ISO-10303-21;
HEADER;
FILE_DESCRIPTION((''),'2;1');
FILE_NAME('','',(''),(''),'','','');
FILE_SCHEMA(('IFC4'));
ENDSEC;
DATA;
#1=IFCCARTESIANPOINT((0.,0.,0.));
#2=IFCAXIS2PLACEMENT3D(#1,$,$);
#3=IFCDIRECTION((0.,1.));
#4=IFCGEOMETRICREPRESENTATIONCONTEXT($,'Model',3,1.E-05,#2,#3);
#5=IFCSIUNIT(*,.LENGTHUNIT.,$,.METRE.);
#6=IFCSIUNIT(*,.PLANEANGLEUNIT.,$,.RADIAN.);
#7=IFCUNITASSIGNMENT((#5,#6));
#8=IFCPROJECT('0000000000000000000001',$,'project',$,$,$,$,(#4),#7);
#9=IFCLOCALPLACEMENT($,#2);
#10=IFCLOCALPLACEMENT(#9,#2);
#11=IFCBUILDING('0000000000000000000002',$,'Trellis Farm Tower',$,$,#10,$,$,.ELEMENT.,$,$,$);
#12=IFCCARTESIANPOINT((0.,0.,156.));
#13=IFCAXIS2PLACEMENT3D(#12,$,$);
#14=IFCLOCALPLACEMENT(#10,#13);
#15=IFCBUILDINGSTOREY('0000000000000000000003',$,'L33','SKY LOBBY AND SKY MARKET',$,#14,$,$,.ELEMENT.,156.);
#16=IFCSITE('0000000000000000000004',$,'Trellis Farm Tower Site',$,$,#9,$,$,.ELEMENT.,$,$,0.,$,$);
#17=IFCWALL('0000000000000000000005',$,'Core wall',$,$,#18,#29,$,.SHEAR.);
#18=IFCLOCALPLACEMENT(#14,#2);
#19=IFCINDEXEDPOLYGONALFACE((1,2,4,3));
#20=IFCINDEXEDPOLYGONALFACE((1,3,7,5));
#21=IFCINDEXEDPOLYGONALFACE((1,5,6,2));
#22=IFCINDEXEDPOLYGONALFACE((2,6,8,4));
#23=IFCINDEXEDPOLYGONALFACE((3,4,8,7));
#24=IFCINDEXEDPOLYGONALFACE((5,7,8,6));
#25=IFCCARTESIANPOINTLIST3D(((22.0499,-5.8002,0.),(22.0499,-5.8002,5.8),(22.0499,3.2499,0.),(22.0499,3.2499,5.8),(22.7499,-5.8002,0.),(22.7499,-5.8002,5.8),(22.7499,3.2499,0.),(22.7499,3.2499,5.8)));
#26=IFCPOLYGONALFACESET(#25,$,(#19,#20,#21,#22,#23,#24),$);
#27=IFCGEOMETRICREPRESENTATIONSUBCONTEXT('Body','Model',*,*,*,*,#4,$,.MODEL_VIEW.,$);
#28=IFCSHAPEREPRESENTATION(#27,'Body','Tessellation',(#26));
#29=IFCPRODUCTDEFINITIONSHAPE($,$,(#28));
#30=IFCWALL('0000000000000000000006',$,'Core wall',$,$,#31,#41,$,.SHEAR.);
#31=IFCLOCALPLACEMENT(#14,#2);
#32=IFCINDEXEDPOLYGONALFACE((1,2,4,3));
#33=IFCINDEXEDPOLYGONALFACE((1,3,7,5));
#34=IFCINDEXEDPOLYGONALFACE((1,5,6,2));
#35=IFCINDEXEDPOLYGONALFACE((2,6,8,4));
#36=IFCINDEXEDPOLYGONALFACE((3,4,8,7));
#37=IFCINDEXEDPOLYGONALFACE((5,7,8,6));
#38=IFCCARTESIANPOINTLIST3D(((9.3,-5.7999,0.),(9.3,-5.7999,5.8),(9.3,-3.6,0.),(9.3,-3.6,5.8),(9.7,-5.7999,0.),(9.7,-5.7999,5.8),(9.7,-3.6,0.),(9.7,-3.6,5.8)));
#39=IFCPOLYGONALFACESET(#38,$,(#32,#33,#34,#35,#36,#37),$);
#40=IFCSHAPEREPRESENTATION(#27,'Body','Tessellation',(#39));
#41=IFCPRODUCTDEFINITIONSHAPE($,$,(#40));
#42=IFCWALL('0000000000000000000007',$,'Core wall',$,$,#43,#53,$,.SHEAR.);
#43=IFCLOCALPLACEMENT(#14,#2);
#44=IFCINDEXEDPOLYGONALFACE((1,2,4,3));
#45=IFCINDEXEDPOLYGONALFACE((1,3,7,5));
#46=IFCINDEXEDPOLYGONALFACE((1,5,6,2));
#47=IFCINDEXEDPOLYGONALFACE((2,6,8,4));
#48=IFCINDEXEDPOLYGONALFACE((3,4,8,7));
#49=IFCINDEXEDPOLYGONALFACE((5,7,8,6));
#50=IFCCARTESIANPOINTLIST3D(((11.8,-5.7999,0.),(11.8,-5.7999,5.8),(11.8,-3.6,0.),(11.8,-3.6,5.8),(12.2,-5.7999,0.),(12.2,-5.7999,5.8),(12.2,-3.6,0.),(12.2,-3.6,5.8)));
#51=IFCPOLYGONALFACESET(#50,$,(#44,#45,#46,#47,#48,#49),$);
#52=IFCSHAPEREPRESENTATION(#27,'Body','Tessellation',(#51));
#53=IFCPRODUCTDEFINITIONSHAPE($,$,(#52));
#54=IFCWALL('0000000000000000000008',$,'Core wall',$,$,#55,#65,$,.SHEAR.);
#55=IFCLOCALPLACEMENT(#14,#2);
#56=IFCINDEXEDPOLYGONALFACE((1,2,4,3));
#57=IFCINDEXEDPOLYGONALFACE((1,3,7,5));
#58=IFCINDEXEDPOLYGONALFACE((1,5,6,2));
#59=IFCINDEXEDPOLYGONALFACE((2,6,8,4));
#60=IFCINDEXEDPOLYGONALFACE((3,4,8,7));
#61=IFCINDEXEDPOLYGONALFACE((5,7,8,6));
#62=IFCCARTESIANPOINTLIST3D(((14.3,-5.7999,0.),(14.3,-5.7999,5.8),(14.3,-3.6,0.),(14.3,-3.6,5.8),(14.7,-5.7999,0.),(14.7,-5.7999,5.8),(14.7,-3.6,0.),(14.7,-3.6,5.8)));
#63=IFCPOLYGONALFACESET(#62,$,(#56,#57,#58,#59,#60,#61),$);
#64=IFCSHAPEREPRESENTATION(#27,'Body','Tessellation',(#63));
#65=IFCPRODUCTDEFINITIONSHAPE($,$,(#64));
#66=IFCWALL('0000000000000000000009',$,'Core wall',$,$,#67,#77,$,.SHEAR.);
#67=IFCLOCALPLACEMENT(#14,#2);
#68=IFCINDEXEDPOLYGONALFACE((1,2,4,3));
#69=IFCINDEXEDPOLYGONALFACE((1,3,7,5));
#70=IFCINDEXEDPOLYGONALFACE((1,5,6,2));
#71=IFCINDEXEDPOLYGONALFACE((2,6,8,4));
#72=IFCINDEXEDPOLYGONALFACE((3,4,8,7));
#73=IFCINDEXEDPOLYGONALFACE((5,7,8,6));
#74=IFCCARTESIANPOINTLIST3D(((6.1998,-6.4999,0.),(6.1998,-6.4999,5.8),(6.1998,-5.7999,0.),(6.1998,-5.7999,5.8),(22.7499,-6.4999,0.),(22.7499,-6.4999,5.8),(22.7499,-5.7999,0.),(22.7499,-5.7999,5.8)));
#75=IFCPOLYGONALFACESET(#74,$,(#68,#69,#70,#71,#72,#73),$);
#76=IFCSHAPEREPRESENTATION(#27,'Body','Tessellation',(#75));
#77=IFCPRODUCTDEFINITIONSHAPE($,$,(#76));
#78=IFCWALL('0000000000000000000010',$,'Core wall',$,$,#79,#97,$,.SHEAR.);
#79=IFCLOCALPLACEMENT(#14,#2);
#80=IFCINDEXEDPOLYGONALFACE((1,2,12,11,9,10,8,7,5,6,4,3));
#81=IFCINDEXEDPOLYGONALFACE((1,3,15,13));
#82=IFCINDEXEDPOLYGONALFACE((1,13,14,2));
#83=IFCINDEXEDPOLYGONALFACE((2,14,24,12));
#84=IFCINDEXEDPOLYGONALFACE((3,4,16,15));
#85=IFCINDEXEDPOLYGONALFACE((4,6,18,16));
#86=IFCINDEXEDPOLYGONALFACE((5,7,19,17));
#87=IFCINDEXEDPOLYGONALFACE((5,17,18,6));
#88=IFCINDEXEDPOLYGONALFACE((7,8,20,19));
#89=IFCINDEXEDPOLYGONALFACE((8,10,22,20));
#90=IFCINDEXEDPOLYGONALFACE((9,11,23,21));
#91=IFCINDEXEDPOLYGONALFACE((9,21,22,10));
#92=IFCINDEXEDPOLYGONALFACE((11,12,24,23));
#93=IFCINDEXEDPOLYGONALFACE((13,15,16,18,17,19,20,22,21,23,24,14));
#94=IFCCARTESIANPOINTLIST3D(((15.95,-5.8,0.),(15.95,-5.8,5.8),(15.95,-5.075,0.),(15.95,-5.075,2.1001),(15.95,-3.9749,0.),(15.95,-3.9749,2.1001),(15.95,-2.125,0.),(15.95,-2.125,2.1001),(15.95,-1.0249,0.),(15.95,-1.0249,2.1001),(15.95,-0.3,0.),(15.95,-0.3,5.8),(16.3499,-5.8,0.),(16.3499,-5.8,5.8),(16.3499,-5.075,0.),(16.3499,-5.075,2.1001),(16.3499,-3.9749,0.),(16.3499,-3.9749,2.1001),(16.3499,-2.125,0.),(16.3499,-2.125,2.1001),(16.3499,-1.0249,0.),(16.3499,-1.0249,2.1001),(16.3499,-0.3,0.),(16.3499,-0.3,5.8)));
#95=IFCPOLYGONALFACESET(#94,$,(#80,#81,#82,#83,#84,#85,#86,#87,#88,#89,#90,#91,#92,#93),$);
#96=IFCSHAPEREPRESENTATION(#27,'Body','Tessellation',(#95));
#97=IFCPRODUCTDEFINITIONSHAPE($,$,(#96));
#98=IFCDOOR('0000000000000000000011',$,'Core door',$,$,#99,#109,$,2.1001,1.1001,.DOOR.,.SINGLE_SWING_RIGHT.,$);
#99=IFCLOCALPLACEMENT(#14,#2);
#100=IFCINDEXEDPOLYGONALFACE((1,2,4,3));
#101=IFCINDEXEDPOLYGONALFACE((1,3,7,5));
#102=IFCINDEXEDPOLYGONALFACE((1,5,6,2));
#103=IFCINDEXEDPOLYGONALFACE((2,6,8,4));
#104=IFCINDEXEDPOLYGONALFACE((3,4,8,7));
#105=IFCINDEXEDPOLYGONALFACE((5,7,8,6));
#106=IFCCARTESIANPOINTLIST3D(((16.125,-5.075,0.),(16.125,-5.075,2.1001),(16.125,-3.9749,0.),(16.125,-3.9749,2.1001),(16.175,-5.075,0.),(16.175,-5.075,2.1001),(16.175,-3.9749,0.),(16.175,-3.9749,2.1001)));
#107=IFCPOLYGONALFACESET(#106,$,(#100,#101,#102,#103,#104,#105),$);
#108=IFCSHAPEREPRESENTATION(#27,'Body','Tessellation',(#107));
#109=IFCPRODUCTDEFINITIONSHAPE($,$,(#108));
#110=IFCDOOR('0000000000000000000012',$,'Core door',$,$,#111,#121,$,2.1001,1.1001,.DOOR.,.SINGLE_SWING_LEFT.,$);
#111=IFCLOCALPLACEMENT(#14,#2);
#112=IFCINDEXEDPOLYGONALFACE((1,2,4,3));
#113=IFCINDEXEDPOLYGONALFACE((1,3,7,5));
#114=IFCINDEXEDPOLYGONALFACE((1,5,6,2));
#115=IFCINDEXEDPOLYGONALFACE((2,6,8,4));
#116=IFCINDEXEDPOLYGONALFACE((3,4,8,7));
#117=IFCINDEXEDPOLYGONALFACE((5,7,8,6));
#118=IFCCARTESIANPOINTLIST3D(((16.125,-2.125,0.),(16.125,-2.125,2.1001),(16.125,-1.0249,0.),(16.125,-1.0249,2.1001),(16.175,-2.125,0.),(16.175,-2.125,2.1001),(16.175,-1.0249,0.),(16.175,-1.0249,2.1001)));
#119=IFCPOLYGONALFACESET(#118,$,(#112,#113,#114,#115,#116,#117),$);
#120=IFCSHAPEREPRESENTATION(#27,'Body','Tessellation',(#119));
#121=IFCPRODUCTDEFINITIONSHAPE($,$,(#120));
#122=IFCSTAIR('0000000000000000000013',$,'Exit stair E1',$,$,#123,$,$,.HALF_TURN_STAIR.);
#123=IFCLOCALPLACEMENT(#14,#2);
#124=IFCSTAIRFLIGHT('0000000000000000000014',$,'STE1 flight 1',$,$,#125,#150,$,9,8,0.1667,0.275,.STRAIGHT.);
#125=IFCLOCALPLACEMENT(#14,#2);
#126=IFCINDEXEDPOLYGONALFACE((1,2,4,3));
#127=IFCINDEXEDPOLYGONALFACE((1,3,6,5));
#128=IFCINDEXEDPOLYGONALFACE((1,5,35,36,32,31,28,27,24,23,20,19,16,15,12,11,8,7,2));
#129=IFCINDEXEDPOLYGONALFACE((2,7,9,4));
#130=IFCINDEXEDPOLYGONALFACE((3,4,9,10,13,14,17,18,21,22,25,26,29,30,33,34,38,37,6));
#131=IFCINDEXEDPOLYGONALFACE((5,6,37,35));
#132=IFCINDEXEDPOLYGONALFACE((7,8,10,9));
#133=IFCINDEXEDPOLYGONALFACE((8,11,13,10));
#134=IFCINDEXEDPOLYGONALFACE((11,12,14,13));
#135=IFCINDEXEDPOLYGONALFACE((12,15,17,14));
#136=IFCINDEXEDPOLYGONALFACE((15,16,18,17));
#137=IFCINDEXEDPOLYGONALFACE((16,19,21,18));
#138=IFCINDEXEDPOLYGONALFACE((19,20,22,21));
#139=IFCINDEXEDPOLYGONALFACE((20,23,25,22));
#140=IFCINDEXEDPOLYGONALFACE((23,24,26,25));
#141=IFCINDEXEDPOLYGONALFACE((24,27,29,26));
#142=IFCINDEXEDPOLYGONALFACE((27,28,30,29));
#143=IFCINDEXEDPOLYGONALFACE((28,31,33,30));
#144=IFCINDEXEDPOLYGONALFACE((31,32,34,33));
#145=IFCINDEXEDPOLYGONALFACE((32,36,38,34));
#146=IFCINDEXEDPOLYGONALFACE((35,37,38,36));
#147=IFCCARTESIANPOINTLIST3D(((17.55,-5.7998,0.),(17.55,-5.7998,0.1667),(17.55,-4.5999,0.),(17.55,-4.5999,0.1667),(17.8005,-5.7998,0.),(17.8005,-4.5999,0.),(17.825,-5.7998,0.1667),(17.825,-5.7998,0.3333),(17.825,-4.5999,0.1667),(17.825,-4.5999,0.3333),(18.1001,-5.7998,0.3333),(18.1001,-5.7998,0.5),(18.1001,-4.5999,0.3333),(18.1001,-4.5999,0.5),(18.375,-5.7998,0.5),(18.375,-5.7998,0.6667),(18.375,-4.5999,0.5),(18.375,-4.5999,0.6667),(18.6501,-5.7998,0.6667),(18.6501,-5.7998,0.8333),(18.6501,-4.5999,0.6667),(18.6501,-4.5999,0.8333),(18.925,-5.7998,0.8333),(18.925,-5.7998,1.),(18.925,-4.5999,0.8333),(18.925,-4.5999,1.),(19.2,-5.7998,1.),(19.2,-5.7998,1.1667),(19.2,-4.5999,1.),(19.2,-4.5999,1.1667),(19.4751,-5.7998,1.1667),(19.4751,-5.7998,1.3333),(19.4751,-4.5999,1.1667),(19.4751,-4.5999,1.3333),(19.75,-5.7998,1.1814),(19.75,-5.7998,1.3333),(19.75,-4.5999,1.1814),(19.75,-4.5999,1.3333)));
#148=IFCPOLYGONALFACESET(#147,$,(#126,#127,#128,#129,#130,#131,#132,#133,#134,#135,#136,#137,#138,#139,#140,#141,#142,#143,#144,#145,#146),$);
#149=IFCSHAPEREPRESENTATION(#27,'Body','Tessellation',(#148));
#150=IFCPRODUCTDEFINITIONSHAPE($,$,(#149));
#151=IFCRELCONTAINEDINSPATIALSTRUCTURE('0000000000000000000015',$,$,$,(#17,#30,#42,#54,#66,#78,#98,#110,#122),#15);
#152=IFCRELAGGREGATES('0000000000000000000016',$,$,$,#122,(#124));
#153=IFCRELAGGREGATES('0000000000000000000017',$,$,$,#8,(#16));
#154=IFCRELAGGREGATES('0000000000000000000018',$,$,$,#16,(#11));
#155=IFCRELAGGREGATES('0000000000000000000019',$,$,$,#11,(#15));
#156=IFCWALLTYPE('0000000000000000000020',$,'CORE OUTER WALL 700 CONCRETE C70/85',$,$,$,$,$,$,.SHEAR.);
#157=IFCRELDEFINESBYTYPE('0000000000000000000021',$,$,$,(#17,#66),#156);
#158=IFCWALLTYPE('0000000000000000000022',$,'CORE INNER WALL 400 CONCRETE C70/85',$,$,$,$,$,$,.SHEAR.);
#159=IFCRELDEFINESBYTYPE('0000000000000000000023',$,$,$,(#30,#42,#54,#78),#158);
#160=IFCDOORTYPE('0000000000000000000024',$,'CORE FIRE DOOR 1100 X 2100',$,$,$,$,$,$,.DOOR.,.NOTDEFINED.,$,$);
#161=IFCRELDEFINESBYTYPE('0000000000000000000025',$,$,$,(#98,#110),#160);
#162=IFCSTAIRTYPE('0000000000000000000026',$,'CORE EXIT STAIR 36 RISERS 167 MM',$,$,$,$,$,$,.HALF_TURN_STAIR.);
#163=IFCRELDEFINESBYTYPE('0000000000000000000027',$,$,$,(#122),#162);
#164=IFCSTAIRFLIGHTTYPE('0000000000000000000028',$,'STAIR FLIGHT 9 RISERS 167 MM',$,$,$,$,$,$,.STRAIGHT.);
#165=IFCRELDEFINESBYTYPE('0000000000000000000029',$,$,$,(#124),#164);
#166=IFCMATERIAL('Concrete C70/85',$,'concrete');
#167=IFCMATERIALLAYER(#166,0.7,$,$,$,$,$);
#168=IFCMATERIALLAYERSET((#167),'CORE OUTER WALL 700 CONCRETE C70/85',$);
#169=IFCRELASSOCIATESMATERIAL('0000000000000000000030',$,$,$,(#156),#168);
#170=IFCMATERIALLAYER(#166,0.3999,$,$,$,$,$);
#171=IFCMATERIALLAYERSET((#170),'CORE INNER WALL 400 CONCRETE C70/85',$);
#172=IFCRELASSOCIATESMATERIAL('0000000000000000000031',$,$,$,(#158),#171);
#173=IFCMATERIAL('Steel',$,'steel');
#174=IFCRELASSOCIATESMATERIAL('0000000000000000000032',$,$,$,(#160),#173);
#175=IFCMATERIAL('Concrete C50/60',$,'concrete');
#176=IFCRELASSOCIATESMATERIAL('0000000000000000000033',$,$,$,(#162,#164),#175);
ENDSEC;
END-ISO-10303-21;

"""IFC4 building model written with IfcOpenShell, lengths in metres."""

from ifc_helpers import new_model, si_unit, direction, frame, frame_2d, origin, place, context, subcontext, project, spatial, polyline, rectangle, outline, extrude, source, transform, mapped, material, layer, layer_set, type_object, element, fill, aggregate, save


model = new_model("IFC4")

# Units and contexts
model_context = context("Model", 3, precision=1e-05, world=origin(), true_north=direction((0.0, 1.0)))
body_context = subcontext(model_context, "Body", "Model", "MODEL_VIEW")
ifc_project = project(units=[si_unit("LENGTHUNIT", "METRE"), si_unit("PLANEANGLEUNIT", "RADIAN")], contexts=[model_context])

# Site, building, storey
site_placement = place(None, origin())
site = spatial("IfcSite", under=ifc_project, at=site_placement, Name="Trellis Farm Tower Site", CompositionType="ELEMENT", RefElevation=0.0)
building_placement = place(site_placement, origin())
building = spatial("IfcBuilding", under=site, at=building_placement, Name="Trellis Farm Tower", CompositionType="ELEMENT")
storey_placement = place(building_placement, frame((0.0, 0.0, 156.0)))
storey = spatial("IfcBuildingStorey", under=building, at=storey_placement, Name="L33", Description="SKY LOBBY AND SKY MARKET", CompositionType="ELEMENT", Elevation=156.0)

# Shared definitions
ifc_material_1 = material(Name="Concrete C70/85", Category="concrete")

# Shared definitions
placement = place(storey_placement, origin())

# Shared definitions
ifc_layer_1 = layer(ifc_material_1, 0.7)
ifc_layer_set_1 = layer_set([ifc_layer_1], Name="CORE OUTER WALL 700 CONCRETE C70/85")
wall_type_1 = type_object("IfcWallType", Name="CORE OUTER WALL 700 CONCRETE C70/85", PredefinedType="SHEAR", material=ifc_layer_set_1)
shared_shape_1 = source(origin(), body_context, "Body", "SweptSolid", [
    extrude(rectangle(XDim=9.05, YDim=0.7, at=frame_2d((4.5249, 0.0))), origin(), (0.0, 0.0, 1.0), 5.8),
])
ifc_material_2 = material(Name="Steel", Category="steel")

# Walls
wall_1_placement = place(storey_placement, frame((22.3999, -5.8, 0.0), z_axis=(0.0, 0.0, 1.0), x_axis=(0.0, 1.0, 0.0)))
element("IfcWall", 1, at=wall_1_placement, inside=storey, type_object=wall_type_1, Name="Core wall", PredefinedType="SHEAR", context=body_context, shape_type="MappedRepresentation", body=[
    mapped(shared_shape_1, transform((0.0, 0.0, 0.0))),
])
ifc_layer_2 = layer(ifc_material_1, 0.3999)
ifc_layer_set_2 = layer_set([ifc_layer_2], Name="CORE INNER WALL 400 CONCRETE C70/85")
wall_type_2 = type_object("IfcWallType", Name="CORE INNER WALL 400 CONCRETE C70/85", PredefinedType="SHEAR", material=ifc_layer_set_2)
shared_shape_2 = source(origin(), body_context, "Body", "SweptSolid", [
    extrude(rectangle(XDim=2.2, YDim=0.3999, at=frame_2d((1.1001, 0.0))), origin(), (0.0, 0.0, 1.0), 5.8),
])
for number, where, z_axis, x_axis, name in (
    (2, (9.5, -5.8, 0.0), (0.0, 0.0, 1.0), (0.0, 1.0, 0.0), "Core wall"),
    (3, (12.0, -5.8, 0.0), (0.0, 0.0, 1.0), (0.0, 1.0, 0.0), "Core wall"),
    (4, (14.5, -5.8, 0.0), (0.0, 0.0, 1.0), (0.0, 1.0, 0.0), "Core wall"),
):
    element("IfcWall", number, at=place(storey_placement, frame(where, z_axis=z_axis, x_axis=x_axis)), inside=storey, type_object=wall_type_2, Name=name, PredefinedType="SHEAR", context=body_context, shape_type="MappedRepresentation", body=[
        mapped(shared_shape_2, transform((0.0, 0.0, 0.0))),
    ])
shared_shape_3 = source(origin(), body_context, "Body", "SweptSolid", [
    extrude(rectangle(XDim=16.55, YDim=0.7, at=frame_2d((8.2749, 0.0))), origin(), (0.0, 0.0, 1.0), 5.8),
])
wall_2_placement = place(storey_placement, frame((6.2, -6.1499, 0.0), z_axis=(0.0, 0.0, 1.0), x_axis=(1.0, 0.0, 0.0)))
element("IfcWall", 5, at=wall_2_placement, inside=storey, type_object=wall_type_1, Name="Core wall", PredefinedType="SHEAR", context=body_context, shape_type="MappedRepresentation", body=[
    mapped(shared_shape_3, transform((0.0, 0.0, 0.0))),
])

# Wall, openings, doors
shared_shape_4 = source(origin(), body_context, "Body", "SweptSolid", [
    extrude(rectangle(XDim=5.5, YDim=0.3999, at=frame_2d((2.75, 0.0))), origin(), (0.0, 0.0, 1.0), 5.8),
])
wall_3_placement = place(storey_placement, frame((16.1499, -5.8, 0.0), z_axis=(0.0, 0.0, 1.0), x_axis=(0.0, 1.0, 0.0)))
wall_3 = element("IfcWall", 6, at=wall_3_placement, inside=storey, type_object=wall_type_2, Name="Core wall", PredefinedType="SHEAR", context=body_context, shape_type="MappedRepresentation", body=[
    mapped(shared_shape_4, transform((0.0, 0.0, 0.0))),
])
shared_shape_5 = source(origin(), body_context, "Body", "SweptSolid", [
    extrude(rectangle(XDim=1.1001, YDim=2.1001, at=frame_2d((0.55, 1.05))), frame((0.0, 0.21, 0.0), z_axis=(0.0, -1.0, 0.0), x_axis=(1.0, 0.0, 0.0)), (0.0, 0.0, 1.0), 0.4199),
])
opening_1_placement = place(wall_3_placement, frame((0.7251, 0.0, 0.0)))
opening_1 = element("IfcOpeningElement", 7, at=opening_1_placement, cuts=wall_3, PredefinedType="OPENING", context=body_context, shape_type="MappedRepresentation", body=[
    mapped(shared_shape_5, transform((0.0, 0.0, 0.0))),
])
opening_2_placement = place(wall_3_placement, frame((3.675, 0.0, 0.0)))
opening_2 = element("IfcOpeningElement", 8, at=opening_2_placement, cuts=wall_3, PredefinedType="OPENING", context=body_context, shape_type="MappedRepresentation", body=[
    mapped(shared_shape_5, transform((0.0, 0.0, 0.0))),
])
door_type_1 = type_object("IfcDoorType", Name="CORE FIRE DOOR 1100 X 2100", OperationType="NOTDEFINED", PredefinedType="DOOR", material=ifc_material_2)
shared_shape_6 = source(origin(), body_context, "Body", "SweptSolid", [
    extrude(rectangle(XDim=1.1001, YDim=2.1001, at=frame_2d((0.55, 1.05))), frame((0.0, 0.0249, 0.0), z_axis=(0.0, -1.0, 0.0), x_axis=(1.0, 0.0, 0.0)), (0.0, 0.0, 1.0), 0.05),
])
door_1_placement = place(opening_1_placement, origin())
door_1 = element("IfcDoor", 9, at=door_1_placement, inside=storey, type_object=door_type_1, Name="Core door", OperationType="SINGLE_SWING_RIGHT", OverallHeight=2.1001, OverallWidth=1.1001, PredefinedType="DOOR", context=body_context, shape_type="MappedRepresentation", body=[
    mapped(shared_shape_6, transform((0.0, 0.0, 0.0))),
])
fill(opening_1, door_1)
door_2_placement = place(opening_2_placement, origin())
door_2 = element("IfcDoor", 10, at=door_2_placement, inside=storey, type_object=door_type_1, Name="Core door", OperationType="SINGLE_SWING_LEFT", OverallHeight=2.1001, OverallWidth=1.1001, PredefinedType="DOOR", context=body_context, shape_type="MappedRepresentation", body=[
    mapped(shared_shape_6, transform((0.0, 0.0, 0.0))),
])
fill(opening_2, door_2)

# Stair, stair flight
ifc_material_3 = material(Name="Concrete C50/60", Category="concrete")
stair_type = type_object("IfcStairType", Name="CORE EXIT STAIR 36 RISERS 167 MM", PredefinedType="HALF_TURN_STAIR", material=ifc_material_3)
stair = element("IfcStair", 11, at=placement, inside=storey, type_object=stair_type, Name="Exit stair E1", PredefinedType="HALF_TURN_STAIR")
stair_flight_type = type_object("IfcStairFlightType", Name="STAIR FLIGHT 9 RISERS 167 MM", PredefinedType="STRAIGHT", material=ifc_material_3)
shared_shape_7 = source(origin(), body_context, "Body", "SweptSolid", [
    extrude(outline(polyline([(0.0, 0.0), (0.0, 0.1667), (0.2749, 0.1667), (0.2749, 0.3333), (0.55, 0.3333), (0.55, 0.5), (0.825, 0.5), (0.825, 0.6667), (1.1001, 0.6667), (1.1001, 0.8333), (1.375, 0.8333), (1.375, 1.0), (1.6499, 1.0), (1.6499, 1.1667), (1.925, 1.1667), (1.925, 1.3333), (2.2, 1.3333), (2.2, 1.5), (2.2, 1.1814), (0.2505, 0.0), (0.0, 0.0)])), frame((0.0, 0.6001, 0.0), z_axis=(0.0, -1.0, 0.0), x_axis=(1.0, 0.0, 0.0)), (0.0, 0.0, 1.0), 1.2),
])
stair_flight_placement = place(storey_placement, frame((17.55, -5.2, 0.0), z_axis=(0.0, 0.0, 1.0), x_axis=(1.0, 0.0, 0.0)))
stair_flight = element("IfcStairFlight", 12, at=stair_flight_placement, type_object=stair_flight_type, Name="STE1 flight 1", NumberOfRisers=9, NumberOfTreads=8, PredefinedType="STRAIGHT", RiserHeight=0.1667, TreadLength=0.275, context=body_context, shape_type="MappedRepresentation", body=[
    mapped(shared_shape_7, transform((0.0, 0.0, 0.0))),
])
aggregate(stair, [stair_flight])

save(model, "model.ifc")
